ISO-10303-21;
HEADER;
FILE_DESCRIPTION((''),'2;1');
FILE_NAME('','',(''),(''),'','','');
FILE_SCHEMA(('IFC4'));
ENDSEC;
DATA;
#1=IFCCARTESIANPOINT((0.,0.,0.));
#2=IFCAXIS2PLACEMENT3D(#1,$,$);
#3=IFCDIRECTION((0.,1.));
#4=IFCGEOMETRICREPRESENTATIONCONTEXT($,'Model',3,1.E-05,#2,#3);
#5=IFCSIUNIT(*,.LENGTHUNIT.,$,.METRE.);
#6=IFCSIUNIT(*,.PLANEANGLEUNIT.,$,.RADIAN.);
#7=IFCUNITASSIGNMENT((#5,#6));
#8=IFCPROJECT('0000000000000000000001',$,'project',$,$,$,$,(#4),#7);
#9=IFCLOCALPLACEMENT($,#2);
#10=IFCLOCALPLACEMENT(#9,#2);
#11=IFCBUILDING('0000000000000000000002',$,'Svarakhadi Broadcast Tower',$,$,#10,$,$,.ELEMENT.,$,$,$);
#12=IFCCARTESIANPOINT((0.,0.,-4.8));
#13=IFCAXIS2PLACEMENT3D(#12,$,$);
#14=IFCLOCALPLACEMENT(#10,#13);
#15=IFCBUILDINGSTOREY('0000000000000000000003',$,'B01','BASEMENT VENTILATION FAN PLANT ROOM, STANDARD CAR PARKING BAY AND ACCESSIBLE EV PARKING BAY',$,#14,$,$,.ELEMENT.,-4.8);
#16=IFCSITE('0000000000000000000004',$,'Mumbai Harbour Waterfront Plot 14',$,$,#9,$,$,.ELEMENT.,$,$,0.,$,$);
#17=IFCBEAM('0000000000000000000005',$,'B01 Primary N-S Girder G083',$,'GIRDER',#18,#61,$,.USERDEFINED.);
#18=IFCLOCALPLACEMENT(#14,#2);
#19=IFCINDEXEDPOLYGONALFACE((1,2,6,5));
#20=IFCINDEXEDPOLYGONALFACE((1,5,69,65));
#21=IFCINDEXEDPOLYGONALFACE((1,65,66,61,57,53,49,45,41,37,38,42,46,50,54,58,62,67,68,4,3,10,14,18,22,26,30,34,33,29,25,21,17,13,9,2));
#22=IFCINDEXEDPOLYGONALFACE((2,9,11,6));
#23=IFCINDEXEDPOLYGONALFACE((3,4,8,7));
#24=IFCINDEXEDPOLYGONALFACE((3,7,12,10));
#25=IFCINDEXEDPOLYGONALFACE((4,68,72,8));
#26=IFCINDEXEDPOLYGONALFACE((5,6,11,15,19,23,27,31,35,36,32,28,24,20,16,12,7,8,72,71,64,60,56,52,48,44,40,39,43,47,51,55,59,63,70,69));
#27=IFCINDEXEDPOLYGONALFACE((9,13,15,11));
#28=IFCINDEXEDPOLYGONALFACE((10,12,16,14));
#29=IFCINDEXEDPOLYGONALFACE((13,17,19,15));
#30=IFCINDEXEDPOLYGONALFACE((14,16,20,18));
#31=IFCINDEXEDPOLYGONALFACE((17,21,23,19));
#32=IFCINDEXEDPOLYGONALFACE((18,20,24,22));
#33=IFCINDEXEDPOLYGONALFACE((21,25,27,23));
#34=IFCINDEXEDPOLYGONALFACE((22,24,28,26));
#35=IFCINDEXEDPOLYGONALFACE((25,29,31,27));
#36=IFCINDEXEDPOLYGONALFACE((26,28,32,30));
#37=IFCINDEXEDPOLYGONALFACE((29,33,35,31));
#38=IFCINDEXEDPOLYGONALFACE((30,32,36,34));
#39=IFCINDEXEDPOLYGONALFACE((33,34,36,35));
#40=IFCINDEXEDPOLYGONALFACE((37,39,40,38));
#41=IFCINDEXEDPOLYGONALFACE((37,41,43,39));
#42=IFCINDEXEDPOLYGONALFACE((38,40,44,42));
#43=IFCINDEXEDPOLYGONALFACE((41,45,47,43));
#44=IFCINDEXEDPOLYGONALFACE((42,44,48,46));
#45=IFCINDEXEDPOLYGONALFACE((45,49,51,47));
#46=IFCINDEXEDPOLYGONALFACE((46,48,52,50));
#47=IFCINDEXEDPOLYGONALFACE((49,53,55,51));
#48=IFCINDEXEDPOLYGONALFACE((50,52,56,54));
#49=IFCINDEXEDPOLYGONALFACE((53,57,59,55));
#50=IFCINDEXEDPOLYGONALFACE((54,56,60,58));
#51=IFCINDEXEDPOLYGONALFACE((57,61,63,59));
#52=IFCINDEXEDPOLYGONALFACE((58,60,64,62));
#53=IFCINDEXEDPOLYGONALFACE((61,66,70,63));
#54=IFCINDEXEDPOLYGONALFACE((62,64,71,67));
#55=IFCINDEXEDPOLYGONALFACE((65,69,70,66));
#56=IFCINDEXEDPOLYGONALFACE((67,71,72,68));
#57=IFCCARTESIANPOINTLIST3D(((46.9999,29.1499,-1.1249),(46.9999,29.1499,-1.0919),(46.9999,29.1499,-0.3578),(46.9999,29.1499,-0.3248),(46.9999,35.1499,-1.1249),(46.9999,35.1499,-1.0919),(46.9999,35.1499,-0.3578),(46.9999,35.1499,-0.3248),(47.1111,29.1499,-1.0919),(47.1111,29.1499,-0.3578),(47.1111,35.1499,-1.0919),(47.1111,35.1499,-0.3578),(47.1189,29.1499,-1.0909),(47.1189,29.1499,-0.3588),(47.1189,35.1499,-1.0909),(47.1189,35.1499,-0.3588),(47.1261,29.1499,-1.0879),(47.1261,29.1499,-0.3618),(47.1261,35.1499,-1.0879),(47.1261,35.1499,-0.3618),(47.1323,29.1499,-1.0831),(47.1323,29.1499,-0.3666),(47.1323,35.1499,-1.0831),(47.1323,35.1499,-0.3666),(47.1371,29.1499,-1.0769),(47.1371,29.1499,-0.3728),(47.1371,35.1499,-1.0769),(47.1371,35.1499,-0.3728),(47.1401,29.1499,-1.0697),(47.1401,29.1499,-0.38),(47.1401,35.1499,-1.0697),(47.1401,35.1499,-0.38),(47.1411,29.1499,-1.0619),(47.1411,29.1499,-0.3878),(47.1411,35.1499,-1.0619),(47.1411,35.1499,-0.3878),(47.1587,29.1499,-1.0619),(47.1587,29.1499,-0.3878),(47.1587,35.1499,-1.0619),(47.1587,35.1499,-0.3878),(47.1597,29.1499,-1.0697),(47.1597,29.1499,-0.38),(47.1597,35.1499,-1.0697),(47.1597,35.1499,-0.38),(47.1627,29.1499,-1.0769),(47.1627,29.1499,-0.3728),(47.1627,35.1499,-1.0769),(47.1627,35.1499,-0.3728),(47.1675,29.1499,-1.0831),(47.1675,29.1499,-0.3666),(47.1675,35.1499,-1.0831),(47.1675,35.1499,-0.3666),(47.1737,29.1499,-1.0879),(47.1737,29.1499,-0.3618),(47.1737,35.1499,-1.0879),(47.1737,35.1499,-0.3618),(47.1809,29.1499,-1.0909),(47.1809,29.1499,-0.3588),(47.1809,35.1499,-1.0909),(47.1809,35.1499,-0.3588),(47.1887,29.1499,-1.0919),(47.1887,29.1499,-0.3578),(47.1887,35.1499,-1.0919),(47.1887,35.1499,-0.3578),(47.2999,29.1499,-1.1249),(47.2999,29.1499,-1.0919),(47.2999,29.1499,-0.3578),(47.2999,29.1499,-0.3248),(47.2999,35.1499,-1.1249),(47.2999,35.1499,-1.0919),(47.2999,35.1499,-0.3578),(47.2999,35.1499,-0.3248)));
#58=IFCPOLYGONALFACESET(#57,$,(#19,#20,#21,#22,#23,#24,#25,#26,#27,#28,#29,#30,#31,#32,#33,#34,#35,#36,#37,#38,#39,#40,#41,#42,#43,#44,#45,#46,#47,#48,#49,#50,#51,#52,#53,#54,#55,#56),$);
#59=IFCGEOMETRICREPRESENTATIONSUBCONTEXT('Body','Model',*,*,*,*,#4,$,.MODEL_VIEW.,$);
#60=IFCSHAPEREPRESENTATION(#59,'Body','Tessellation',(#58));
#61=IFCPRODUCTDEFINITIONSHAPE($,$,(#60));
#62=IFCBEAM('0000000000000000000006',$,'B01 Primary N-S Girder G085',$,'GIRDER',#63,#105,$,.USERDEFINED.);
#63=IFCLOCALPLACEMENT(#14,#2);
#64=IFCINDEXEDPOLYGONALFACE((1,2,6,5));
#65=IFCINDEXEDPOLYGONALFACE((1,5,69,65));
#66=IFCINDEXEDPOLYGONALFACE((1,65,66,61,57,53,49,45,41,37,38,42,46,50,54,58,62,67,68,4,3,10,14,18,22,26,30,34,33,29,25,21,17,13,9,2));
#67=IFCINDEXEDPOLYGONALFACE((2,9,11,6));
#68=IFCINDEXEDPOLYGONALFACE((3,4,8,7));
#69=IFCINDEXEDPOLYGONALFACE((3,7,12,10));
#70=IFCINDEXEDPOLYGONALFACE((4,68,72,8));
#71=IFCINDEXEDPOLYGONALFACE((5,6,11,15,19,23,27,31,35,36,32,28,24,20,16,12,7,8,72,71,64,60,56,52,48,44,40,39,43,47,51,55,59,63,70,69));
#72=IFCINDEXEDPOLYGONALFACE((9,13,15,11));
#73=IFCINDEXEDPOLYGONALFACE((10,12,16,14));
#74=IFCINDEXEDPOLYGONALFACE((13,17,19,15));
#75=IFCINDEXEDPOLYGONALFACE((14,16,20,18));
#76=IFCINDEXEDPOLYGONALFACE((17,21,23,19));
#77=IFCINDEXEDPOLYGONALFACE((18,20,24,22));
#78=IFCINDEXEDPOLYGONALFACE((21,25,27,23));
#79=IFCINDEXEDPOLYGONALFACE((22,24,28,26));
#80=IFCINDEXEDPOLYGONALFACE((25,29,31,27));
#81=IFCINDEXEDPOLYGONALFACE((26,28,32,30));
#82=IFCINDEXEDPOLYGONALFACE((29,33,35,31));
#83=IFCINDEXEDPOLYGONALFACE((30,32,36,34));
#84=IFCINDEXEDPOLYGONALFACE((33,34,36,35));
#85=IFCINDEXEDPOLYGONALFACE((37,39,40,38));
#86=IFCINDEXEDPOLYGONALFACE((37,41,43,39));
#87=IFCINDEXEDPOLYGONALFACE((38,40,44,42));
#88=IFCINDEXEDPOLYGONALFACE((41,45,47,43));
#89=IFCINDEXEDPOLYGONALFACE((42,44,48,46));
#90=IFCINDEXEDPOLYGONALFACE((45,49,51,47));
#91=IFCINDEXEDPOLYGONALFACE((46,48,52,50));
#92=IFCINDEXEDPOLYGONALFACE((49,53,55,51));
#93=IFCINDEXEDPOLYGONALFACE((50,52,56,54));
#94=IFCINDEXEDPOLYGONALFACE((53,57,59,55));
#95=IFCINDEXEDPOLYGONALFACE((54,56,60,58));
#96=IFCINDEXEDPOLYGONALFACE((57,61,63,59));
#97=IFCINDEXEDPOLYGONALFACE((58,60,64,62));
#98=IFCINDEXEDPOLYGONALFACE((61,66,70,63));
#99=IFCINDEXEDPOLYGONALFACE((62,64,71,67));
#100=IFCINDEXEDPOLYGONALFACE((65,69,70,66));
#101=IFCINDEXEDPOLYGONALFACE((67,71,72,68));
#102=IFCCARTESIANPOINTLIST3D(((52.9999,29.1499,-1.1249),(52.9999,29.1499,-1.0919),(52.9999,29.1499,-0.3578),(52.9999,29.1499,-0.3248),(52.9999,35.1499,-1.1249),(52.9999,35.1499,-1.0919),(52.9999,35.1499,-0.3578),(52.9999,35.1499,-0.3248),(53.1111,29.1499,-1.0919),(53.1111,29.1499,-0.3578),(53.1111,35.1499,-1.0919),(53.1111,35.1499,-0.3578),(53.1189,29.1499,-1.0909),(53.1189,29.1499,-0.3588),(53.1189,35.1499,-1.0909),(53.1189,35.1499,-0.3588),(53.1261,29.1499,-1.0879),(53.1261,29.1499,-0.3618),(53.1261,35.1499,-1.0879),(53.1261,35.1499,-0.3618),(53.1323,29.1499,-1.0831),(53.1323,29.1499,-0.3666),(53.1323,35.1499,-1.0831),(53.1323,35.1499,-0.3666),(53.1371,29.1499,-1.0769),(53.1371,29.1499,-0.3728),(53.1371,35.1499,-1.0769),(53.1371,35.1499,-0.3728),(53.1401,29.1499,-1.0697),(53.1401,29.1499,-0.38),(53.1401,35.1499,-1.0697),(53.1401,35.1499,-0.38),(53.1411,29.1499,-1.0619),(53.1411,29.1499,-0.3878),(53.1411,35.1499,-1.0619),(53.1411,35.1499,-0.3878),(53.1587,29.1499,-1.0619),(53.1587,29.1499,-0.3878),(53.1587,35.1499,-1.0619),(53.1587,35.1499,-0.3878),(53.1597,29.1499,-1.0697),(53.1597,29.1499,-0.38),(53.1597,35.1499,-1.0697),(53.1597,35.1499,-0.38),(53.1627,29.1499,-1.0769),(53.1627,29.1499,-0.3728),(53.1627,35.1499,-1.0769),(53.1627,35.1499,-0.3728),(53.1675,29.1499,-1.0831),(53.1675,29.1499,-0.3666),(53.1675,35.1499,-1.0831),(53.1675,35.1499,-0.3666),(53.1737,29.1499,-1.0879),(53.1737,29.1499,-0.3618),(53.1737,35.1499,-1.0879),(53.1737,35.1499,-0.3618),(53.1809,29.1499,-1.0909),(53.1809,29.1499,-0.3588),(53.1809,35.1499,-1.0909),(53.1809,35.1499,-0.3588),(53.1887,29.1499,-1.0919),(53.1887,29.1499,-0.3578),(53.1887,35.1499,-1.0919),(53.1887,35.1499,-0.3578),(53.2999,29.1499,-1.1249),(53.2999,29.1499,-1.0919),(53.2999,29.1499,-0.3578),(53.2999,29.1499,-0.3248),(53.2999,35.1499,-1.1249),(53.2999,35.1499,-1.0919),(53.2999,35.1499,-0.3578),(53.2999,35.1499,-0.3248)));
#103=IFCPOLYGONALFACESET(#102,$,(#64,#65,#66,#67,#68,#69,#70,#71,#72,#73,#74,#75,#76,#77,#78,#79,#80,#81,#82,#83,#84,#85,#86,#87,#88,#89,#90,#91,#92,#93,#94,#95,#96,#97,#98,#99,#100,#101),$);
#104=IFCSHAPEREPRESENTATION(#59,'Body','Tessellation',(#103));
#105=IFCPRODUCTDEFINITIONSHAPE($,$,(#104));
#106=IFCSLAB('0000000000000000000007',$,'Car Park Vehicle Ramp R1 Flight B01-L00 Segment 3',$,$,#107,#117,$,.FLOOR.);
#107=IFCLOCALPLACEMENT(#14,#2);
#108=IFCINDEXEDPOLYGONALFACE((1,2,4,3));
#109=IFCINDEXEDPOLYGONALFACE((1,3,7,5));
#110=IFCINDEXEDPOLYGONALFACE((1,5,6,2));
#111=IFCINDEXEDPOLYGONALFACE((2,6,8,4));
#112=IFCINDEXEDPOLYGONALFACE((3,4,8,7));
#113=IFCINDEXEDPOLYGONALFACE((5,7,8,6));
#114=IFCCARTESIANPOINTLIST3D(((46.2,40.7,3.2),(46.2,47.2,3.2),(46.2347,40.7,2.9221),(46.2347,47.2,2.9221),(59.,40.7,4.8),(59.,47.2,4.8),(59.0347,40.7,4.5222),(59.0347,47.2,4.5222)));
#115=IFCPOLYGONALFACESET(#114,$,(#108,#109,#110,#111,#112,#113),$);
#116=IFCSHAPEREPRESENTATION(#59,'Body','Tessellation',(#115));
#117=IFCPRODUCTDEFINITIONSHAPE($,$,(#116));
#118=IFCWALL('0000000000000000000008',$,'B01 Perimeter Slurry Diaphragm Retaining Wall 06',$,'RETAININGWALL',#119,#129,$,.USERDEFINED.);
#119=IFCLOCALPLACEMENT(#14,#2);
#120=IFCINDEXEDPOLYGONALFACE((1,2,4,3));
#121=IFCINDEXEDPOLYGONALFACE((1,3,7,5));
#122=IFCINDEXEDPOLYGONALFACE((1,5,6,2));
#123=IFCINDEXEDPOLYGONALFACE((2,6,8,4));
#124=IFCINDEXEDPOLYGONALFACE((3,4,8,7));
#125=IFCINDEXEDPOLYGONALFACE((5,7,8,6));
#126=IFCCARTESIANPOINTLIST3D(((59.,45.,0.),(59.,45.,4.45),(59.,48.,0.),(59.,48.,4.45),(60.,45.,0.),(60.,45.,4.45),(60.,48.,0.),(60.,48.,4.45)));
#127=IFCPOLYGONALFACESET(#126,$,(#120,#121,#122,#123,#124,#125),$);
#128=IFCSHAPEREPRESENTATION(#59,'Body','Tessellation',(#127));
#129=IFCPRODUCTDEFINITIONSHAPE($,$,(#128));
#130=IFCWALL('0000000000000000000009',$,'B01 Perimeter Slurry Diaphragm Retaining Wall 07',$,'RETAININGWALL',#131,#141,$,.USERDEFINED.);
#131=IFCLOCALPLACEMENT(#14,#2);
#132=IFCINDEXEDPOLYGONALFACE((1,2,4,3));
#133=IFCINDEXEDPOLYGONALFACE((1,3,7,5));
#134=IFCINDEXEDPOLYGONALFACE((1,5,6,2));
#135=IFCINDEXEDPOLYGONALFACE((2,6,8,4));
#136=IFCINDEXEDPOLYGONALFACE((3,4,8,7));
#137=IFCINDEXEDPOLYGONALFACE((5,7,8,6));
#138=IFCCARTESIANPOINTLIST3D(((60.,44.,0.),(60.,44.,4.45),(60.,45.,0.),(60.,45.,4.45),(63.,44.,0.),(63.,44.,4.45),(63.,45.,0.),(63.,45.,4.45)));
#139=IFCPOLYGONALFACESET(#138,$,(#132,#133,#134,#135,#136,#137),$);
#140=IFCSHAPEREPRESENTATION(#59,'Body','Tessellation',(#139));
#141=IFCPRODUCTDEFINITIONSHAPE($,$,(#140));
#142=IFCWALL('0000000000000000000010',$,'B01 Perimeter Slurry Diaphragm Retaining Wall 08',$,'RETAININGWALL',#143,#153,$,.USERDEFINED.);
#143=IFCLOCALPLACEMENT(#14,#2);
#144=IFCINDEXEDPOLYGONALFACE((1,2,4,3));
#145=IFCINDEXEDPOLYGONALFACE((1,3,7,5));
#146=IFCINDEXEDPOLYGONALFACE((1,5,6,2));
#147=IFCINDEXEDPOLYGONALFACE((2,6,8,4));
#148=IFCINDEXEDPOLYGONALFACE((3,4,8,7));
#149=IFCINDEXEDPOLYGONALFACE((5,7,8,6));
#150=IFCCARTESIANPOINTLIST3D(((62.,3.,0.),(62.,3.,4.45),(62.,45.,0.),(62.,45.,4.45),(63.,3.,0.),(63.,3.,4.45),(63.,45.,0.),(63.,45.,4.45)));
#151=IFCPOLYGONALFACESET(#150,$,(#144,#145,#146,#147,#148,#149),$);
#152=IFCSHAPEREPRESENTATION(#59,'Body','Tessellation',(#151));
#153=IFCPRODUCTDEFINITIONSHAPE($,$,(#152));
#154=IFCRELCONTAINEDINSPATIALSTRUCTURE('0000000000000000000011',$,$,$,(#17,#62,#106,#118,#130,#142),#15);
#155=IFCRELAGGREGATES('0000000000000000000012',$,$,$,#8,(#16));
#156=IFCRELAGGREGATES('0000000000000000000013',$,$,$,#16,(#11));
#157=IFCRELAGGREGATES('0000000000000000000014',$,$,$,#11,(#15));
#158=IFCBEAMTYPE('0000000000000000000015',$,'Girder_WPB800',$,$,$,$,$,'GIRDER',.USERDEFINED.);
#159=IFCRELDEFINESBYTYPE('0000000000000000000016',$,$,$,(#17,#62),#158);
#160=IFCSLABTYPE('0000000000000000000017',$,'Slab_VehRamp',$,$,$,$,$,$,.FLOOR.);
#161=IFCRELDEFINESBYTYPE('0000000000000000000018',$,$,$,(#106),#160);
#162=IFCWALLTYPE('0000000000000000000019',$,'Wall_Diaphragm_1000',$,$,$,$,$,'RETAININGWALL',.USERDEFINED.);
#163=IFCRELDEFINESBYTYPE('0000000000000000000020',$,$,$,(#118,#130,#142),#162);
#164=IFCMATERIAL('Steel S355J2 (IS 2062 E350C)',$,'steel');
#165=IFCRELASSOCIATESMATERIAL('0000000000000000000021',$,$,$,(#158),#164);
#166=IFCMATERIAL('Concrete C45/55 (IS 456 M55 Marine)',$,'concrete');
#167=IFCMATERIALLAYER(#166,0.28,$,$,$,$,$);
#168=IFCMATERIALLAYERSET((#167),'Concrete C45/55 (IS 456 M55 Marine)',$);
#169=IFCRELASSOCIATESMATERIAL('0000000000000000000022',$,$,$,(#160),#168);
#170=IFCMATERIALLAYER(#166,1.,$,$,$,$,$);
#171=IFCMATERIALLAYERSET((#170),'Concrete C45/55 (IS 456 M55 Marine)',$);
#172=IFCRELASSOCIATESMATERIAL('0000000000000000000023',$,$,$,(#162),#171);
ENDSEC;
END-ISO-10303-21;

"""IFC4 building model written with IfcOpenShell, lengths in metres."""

from ifc_helpers import new_model, si_unit, direction, frame, frame_2d, origin, origin_2d, place, context, subcontext, project, spatial, polyline, rectangle, i_section, outline, extrude, material, layer, layer_set, material_profile, profile_set, type_object, element, save


model = new_model("IFC4")

# Units and contexts
model_context = context("Model", 3, precision=1e-05, world=origin(), true_north=direction((0.0, 1.0)))
body_context = subcontext(model_context, "Body", "Model", "MODEL_VIEW")
ifc_project = project(units=[si_unit("LENGTHUNIT", "METRE"), si_unit("PLANEANGLEUNIT", "RADIAN")], contexts=[model_context])

# Site, building, storey
site_placement = place(None, origin())
site = spatial("IfcSite", under=ifc_project, at=site_placement, Name="Mumbai Harbour Waterfront Plot 14", CompositionType="ELEMENT", RefElevation=0.0)
building_placement = place(site_placement, origin())
building = spatial("IfcBuilding", under=site, at=building_placement, Name="Svarakhadi Broadcast Tower", CompositionType="ELEMENT")
storey_placement = place(building_placement, frame((0.0, 0.0, -4.8)))
storey = spatial("IfcBuildingStorey", under=building, at=storey_placement, Name="B01", Description="BASEMENT VENTILATION FAN PLANT ROOM, STANDARD CAR PARKING BAY AND ACCESSIBLE EV PARKING BAY", CompositionType="ELEMENT", Elevation=-4.8)

# Shared definitions
ifc_material_1 = material(Name="Concrete C45/55 (IS 456 M55 Marine)", Category="concrete")

# Beams
ifc_material_2 = material(Name="Steel S355J2 (IS 2062 E350C)", Category="steel")
ifc_material_profile_1 = material_profile(ifc_material_2, i_section(OverallWidth=0.3, OverallDepth=0.8, WebThickness=0.0176, FlangeThickness=0.033, FilletRadius=0.03, at=origin_2d()), Name="WPB 800x300x262")
ifc_profile_set_1 = profile_set([ifc_material_profile_1], Name="Steel S355J2 (IS 2062 E350C)")
beam_type_1 = type_object("IfcBeamType", Name="Girder_WPB800", ElementType="GIRDER", PredefinedType="USERDEFINED", material=ifc_profile_set_1)
for number, where, z_axis, x_axis, name in (
    (1, (47.1499, 29.1499, -0.7249), (0.0, 1.0, 0.0), (-1.0, 0.0, 0.0), "B01 Primary N-S Girder G083"),
    (2, (53.1499, 29.1499, -0.7249), (0.0, 1.0, 0.0), (-1.0, 0.0, 0.0), "B01 Primary N-S Girder G085"),
):
    element("IfcBeam", number, at=place(storey_placement, frame(where, z_axis=z_axis, x_axis=x_axis)), inside=storey, type_object=beam_type_1, Name=name, ObjectType="GIRDER", PredefinedType="USERDEFINED", context=body_context, shape_type="SweptSolid", body=[
        extrude(i_section(OverallWidth=0.3, OverallDepth=0.8, WebThickness=0.0176, FlangeThickness=0.033, FilletRadius=0.03, at=origin_2d()), origin(), (0.0, 0.0, 1.0), 6.0),
    ])

# Slab
ifc_layer_1 = layer(ifc_material_1, 0.28)
ifc_layer_set_1 = layer_set([ifc_layer_1], Name="Concrete C45/55 (IS 456 M55 Marine)")
slab_type = type_object("IfcSlabType", Name="Slab_VehRamp", PredefinedType="FLOOR", material=ifc_layer_set_1)
slab_placement = place(storey_placement, frame((46.2, 40.7, 3.2), z_axis=(-0.124042, 0.0, 0.992277), x_axis=(0.992277, 0.0, 0.124042)))
element("IfcSlab", 3, at=slab_placement, inside=storey, type_object=slab_type, Name="Car Park Vehicle Ramp R1 Flight B01-L00 Segment 3", PredefinedType="FLOOR", context=body_context, shape_type="SweptSolid", body=[
    extrude(outline(polyline([(0.0, 0.0), (12.8997, 0.0), (12.8997, 6.5), (0.0, 6.5), (0.0, 0.0)])), origin(), (0.0, 0.0, -1.0), 0.28),
])

# Walls
ifc_layer_2 = layer(ifc_material_1, 1.0)
ifc_layer_set_2 = layer_set([ifc_layer_2], Name="Concrete C45/55 (IS 456 M55 Marine)")
wall_type = type_object("IfcWallType", Name="Wall_Diaphragm_1000", ElementType="RETAININGWALL", PredefinedType="USERDEFINED", material=ifc_layer_set_2)
for number, where, z_axis, x_axis, name in (
    (4, (59.5, 48.0, 0.0), (0.0, 0.0, 1.0), (0.0, -1.0, 0.0), "B01 Perimeter Slurry Diaphragm Retaining Wall 06"),
    (5, (60.0, 44.5, 0.0), (0.0, 0.0, 1.0), (1.0, 0.0, 0.0), "B01 Perimeter Slurry Diaphragm Retaining Wall 07"),
):
    element("IfcWall", number, at=place(storey_placement, frame(where, z_axis=z_axis, x_axis=x_axis)), inside=storey, type_object=wall_type, Name=name, ObjectType="RETAININGWALL", PredefinedType="USERDEFINED", context=body_context, shape_type="SweptSolid", body=[
        extrude(rectangle(XDim=3.0, YDim=1.0, at=frame_2d((1.5, 0.0))), origin(), (0.0, 0.0, 1.0), 4.45),
    ])
wall_placement = place(storey_placement, frame((62.5, 45.0, 0.0), z_axis=(0.0, 0.0, 1.0), x_axis=(0.0, -1.0, 0.0)))
element("IfcWall", 6, at=wall_placement, inside=storey, type_object=wall_type, Name="B01 Perimeter Slurry Diaphragm Retaining Wall 08", ObjectType="RETAININGWALL", PredefinedType="USERDEFINED", context=body_context, shape_type="SweptSolid", body=[
    extrude(rectangle(XDim=42.0, YDim=1.0, at=frame_2d((21.0, 0.0))), origin(), (0.0, 0.0, 1.0), 4.45),
])

save(model, "model.ifc")
